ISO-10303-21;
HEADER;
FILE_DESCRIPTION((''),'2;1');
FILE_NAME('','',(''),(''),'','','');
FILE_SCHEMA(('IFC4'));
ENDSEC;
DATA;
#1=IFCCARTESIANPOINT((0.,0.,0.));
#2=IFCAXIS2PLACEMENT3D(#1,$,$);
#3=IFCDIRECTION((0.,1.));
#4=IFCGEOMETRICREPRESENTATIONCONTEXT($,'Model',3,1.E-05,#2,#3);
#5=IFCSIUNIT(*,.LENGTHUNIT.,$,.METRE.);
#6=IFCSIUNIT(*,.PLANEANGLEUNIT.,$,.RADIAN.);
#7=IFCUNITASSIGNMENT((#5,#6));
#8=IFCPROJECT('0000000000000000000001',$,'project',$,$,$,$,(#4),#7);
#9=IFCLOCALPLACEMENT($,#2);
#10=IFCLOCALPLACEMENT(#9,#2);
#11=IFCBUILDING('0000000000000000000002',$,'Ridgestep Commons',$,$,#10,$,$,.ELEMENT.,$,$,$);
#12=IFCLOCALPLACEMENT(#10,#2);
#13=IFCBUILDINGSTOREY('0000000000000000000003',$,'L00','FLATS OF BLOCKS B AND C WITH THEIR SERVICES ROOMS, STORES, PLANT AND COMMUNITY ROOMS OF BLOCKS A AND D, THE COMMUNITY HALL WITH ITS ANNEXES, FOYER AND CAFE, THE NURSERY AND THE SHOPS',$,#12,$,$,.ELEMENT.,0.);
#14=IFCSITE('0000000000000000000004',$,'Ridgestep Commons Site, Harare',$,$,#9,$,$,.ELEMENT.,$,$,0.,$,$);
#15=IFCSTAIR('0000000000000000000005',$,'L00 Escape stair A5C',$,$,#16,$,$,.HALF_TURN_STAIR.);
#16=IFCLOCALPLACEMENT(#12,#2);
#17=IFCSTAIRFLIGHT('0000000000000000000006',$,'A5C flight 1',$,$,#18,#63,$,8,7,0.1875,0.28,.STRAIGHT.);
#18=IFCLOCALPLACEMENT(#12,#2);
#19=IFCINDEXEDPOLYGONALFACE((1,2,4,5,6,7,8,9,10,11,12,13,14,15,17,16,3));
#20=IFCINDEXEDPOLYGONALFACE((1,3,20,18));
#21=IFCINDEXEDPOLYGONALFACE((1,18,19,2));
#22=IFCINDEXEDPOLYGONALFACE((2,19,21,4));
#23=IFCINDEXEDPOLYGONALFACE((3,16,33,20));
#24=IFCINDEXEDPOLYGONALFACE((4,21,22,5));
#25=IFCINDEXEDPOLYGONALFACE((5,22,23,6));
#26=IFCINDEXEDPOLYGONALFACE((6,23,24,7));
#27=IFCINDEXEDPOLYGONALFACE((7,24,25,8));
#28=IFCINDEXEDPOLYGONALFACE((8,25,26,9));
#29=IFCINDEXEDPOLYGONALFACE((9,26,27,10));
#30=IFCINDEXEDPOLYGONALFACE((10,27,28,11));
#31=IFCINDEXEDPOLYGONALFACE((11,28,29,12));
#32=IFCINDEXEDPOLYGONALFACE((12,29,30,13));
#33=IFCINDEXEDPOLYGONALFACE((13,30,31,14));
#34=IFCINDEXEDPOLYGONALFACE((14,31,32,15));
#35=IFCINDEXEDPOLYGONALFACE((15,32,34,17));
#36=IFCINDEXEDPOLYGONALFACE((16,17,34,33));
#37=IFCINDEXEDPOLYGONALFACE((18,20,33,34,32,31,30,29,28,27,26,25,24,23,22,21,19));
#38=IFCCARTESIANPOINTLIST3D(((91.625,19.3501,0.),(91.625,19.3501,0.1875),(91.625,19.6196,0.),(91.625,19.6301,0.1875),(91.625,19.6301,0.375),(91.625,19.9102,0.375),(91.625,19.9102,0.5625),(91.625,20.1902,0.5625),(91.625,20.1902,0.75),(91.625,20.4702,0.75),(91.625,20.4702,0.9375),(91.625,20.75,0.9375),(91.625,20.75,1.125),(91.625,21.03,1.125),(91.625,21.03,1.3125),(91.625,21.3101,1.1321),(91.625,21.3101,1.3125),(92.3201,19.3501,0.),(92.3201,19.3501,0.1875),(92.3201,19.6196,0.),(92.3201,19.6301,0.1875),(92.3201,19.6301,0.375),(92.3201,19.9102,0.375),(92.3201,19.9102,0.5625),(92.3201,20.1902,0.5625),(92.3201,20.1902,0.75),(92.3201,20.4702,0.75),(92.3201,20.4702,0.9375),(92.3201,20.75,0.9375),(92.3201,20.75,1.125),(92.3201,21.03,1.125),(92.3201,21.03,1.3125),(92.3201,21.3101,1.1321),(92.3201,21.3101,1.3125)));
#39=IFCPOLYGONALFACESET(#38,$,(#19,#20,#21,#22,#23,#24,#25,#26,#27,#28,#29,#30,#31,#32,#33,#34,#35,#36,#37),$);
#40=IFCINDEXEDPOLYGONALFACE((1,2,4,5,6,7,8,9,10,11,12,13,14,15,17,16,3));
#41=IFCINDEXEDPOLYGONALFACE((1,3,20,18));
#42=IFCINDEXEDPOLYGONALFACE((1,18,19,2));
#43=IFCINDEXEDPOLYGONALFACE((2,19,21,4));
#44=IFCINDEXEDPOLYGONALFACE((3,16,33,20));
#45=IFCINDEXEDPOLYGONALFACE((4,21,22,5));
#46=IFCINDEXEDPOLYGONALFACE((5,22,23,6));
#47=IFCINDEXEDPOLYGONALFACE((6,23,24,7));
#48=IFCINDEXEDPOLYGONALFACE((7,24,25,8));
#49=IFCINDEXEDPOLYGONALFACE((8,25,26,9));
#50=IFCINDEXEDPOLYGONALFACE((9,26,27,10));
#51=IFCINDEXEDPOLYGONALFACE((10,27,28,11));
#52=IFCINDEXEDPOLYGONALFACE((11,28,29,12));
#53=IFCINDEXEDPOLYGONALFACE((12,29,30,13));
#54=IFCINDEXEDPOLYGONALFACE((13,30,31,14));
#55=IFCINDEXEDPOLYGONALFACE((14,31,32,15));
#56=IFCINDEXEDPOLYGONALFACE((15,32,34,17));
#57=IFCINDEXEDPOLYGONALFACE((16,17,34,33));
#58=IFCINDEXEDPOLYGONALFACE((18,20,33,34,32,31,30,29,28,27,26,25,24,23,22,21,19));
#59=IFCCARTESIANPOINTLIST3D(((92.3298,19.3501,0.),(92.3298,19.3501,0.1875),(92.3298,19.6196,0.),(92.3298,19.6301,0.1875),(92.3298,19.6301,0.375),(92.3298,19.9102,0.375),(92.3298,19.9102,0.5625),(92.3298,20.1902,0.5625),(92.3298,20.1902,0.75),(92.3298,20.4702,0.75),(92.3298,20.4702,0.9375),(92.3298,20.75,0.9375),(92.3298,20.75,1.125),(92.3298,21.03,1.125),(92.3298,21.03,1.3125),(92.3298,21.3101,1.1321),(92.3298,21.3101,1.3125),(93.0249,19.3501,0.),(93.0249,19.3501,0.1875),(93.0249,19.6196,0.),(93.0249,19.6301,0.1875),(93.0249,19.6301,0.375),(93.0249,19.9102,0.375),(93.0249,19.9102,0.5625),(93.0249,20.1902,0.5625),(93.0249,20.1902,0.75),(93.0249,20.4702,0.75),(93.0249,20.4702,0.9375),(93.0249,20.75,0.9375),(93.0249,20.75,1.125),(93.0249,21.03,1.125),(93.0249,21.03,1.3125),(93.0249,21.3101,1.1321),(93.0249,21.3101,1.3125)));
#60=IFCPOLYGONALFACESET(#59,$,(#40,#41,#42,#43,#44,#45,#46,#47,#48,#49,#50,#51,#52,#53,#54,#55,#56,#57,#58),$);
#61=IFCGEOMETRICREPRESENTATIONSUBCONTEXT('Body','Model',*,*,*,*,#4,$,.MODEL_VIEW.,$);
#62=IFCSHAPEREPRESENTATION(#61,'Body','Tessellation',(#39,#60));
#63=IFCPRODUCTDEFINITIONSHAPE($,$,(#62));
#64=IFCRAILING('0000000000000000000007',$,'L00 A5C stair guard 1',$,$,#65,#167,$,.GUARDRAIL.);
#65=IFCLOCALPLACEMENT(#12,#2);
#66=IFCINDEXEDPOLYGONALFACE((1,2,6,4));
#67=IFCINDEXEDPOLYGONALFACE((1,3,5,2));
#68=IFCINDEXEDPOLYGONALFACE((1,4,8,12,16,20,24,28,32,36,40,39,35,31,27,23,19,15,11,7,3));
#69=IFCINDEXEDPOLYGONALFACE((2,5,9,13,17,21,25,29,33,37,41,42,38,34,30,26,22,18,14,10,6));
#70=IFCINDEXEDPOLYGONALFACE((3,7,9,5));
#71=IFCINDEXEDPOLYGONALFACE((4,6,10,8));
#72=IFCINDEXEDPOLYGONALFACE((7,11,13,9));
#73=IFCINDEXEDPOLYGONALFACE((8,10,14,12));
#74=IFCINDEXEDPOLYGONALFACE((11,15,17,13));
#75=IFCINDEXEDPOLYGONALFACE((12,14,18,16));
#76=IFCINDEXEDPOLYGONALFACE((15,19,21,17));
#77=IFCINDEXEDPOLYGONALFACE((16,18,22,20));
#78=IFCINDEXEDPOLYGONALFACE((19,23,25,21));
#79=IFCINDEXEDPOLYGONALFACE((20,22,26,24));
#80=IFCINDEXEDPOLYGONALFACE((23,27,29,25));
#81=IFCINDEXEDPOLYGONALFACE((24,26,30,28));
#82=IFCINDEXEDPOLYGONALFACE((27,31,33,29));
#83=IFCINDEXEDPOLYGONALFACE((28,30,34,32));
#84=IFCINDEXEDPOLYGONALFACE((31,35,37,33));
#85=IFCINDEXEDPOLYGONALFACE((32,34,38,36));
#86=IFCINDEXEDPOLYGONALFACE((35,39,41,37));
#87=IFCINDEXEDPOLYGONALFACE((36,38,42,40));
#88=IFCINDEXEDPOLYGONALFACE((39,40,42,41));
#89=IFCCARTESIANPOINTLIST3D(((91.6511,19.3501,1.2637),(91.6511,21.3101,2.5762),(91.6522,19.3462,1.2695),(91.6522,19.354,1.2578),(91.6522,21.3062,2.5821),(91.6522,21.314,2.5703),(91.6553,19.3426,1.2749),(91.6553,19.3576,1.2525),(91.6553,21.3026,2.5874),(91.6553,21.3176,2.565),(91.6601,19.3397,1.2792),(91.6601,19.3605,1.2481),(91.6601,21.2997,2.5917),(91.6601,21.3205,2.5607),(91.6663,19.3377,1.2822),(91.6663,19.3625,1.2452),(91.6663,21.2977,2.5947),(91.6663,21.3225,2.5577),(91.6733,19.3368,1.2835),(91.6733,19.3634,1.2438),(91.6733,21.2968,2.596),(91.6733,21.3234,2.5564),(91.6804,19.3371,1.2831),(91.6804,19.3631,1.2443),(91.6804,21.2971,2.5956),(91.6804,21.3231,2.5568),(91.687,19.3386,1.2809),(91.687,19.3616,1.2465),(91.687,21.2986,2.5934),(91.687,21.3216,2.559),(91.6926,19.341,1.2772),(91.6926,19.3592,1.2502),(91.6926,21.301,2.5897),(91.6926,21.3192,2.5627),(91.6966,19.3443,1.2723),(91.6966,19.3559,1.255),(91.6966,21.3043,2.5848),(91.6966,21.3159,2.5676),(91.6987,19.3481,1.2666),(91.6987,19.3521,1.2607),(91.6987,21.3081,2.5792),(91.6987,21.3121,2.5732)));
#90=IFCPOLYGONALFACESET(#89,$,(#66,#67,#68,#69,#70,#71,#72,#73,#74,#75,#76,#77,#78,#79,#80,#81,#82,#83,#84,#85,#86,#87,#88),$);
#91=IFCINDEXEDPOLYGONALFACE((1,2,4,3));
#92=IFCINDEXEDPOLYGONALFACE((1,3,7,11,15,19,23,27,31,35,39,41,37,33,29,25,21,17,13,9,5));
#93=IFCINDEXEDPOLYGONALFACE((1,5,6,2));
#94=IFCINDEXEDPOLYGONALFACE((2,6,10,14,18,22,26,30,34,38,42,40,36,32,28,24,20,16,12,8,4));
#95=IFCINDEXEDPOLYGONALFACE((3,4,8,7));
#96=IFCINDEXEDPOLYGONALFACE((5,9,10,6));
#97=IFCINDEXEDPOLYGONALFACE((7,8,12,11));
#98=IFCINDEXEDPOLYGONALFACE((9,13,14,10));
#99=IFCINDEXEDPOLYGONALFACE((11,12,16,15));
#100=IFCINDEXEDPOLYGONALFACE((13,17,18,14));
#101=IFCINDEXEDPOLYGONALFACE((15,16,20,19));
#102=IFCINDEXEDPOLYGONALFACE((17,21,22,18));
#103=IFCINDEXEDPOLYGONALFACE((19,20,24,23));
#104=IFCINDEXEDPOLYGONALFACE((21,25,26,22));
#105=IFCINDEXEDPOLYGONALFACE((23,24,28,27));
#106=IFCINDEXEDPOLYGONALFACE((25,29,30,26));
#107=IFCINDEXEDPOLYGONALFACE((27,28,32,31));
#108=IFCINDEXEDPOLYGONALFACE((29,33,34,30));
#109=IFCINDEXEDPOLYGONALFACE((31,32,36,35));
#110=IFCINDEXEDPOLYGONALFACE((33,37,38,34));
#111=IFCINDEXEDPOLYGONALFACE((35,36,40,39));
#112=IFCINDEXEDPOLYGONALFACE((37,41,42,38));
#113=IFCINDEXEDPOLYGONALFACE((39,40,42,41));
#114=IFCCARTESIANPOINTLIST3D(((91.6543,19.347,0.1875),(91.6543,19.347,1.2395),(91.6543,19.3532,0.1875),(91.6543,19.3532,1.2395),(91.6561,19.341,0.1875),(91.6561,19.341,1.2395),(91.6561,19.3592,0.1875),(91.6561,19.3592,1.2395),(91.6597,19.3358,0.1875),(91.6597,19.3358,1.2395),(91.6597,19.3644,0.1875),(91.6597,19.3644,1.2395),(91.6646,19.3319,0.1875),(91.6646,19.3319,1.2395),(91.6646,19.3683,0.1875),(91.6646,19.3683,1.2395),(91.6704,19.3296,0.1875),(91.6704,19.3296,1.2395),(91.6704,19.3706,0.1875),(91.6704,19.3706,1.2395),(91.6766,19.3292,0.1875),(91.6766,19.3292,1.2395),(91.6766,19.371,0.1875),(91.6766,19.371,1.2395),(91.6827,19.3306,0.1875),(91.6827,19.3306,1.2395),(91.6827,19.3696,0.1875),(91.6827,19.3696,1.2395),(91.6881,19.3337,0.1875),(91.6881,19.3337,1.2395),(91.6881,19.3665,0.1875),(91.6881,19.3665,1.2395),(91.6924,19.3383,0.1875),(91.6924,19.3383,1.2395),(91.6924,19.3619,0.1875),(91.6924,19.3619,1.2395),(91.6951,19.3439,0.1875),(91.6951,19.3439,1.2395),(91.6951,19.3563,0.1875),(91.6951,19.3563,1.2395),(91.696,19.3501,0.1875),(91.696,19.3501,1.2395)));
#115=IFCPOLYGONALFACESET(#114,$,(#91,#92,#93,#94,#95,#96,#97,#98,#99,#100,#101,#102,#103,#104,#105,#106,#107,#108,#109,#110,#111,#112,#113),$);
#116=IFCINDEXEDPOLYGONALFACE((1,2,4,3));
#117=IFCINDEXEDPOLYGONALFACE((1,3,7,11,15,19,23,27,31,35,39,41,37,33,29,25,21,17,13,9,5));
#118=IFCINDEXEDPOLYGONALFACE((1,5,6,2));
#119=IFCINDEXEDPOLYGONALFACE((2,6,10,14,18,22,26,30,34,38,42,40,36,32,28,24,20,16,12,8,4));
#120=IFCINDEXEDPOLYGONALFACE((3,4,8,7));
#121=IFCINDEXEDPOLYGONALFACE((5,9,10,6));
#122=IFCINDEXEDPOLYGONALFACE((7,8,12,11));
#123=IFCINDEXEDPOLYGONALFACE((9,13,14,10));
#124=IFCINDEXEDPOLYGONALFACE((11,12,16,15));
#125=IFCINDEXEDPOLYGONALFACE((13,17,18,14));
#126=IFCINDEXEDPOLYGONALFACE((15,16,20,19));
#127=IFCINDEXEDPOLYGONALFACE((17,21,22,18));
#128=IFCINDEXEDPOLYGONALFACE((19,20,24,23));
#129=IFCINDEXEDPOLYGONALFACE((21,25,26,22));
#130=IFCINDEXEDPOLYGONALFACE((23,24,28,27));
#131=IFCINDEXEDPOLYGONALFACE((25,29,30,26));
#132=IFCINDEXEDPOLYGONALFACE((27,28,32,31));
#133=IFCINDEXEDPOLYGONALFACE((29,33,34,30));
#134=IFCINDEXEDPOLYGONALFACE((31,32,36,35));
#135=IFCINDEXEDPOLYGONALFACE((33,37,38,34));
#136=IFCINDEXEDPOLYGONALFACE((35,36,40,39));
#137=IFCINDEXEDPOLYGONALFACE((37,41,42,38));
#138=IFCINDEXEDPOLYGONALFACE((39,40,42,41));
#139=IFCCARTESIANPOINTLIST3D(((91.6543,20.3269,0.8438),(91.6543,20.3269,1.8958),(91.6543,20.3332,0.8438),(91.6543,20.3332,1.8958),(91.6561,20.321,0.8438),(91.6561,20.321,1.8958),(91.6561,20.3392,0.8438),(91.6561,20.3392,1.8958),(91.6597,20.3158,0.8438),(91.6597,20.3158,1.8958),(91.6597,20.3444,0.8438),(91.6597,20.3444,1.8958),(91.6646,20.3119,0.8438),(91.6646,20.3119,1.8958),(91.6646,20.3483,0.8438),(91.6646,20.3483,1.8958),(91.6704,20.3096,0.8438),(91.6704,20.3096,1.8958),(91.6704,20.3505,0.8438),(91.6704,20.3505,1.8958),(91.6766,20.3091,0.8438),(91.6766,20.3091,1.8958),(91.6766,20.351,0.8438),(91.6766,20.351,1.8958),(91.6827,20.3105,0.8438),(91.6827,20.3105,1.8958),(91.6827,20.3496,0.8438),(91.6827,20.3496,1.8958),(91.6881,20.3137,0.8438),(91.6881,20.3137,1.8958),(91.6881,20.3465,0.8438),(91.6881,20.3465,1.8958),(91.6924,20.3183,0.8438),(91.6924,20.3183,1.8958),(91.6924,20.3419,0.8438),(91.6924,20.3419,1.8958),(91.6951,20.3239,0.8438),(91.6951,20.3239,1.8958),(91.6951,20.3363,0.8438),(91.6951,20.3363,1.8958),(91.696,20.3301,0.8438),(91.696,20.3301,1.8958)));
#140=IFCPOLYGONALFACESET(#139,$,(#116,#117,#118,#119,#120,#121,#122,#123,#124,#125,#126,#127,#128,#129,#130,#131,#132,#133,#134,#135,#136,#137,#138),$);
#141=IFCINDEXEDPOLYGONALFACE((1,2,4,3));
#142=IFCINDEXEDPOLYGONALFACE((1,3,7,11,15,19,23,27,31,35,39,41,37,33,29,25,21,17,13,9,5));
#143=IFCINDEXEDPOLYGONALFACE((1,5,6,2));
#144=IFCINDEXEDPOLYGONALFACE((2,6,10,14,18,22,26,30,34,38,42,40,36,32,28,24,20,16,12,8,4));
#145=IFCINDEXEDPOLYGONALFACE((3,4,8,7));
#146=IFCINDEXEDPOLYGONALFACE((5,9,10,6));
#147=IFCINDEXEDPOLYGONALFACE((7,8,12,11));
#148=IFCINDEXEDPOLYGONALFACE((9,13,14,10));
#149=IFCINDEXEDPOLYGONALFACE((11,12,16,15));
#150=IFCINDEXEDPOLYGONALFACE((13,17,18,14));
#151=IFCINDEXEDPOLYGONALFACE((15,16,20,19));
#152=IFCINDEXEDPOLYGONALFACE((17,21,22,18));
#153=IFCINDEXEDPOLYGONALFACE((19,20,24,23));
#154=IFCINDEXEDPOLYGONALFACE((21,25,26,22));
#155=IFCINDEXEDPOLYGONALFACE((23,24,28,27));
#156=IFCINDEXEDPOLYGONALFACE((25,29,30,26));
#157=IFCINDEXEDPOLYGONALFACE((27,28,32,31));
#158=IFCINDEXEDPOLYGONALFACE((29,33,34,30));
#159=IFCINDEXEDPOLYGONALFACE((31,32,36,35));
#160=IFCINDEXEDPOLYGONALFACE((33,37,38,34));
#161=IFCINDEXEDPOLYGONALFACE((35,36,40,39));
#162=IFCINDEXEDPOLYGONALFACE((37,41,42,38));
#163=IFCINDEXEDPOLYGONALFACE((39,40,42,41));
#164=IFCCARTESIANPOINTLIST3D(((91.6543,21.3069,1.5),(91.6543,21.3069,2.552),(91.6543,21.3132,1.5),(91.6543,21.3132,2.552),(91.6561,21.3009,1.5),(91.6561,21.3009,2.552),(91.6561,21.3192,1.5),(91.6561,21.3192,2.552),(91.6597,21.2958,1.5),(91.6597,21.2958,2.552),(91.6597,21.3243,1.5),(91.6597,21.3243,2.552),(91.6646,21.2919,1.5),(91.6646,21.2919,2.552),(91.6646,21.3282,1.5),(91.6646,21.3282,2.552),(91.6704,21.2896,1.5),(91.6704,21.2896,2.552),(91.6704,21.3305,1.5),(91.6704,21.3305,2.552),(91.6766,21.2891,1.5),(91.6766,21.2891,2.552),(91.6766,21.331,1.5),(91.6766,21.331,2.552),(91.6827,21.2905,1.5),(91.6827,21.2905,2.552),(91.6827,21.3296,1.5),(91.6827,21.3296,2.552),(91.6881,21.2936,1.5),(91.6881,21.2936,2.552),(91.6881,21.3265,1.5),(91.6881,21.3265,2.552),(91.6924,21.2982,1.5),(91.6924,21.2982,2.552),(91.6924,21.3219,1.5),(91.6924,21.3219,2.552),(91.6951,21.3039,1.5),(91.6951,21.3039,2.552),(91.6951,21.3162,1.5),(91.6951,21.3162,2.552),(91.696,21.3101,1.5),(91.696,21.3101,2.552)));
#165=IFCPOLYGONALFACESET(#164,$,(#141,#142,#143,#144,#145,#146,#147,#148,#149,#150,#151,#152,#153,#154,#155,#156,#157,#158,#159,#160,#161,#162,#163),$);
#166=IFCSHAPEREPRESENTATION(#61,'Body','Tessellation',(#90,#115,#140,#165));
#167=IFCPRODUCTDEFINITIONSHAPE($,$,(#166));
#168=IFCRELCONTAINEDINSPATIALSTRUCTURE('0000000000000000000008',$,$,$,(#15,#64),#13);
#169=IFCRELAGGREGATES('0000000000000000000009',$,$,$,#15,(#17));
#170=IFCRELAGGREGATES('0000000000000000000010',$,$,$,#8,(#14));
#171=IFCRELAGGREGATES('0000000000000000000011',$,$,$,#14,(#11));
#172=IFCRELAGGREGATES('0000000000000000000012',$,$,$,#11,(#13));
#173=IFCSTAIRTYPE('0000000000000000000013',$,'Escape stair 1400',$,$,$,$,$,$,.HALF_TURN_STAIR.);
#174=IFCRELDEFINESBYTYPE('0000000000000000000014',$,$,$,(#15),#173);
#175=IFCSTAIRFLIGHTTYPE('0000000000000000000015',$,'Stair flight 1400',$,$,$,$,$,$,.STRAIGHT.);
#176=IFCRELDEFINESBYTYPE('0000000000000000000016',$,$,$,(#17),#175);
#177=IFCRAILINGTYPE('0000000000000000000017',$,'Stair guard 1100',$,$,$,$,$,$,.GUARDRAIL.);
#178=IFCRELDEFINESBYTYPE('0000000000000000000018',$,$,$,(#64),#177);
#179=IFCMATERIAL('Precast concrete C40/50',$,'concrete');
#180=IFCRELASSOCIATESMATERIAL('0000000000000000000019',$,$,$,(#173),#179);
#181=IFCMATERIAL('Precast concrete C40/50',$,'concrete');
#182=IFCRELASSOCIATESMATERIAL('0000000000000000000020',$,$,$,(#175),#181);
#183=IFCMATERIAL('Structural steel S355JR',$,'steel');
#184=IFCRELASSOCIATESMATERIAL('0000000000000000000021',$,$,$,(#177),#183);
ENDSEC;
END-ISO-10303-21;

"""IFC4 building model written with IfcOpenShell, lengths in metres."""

from ifc_helpers import new_model, si_unit, direction, frame, origin, origin_2d, place, context, subcontext, project, spatial, polyline, circle, outline, extrude, material, type_object, element, aggregate, save


model = new_model("IFC4")

# Units and contexts
model_context = context("Model", 3, precision=1e-05, world=origin(), true_north=direction((0.0, 1.0)))
body_context = subcontext(model_context, "Body", "Model", "MODEL_VIEW")
ifc_project = project(units=[si_unit("LENGTHUNIT", "METRE"), si_unit("PLANEANGLEUNIT", "RADIAN")], contexts=[model_context])

# Site, building, storey
site_placement = place(None, origin())
site = spatial("IfcSite", under=ifc_project, at=site_placement, Name="Ridgestep Commons Site, Harare", CompositionType="ELEMENT", RefElevation=0.0)
building_placement = place(site_placement, origin())
building = spatial("IfcBuilding", under=site, at=building_placement, Name="Ridgestep Commons", CompositionType="ELEMENT")
storey_placement = place(building_placement, origin())
storey = spatial("IfcBuildingStorey", under=building, at=storey_placement, Name="L00", Description="FLATS OF BLOCKS B AND C WITH THEIR SERVICES ROOMS, STORES, PLANT AND COMMUNITY ROOMS OF BLOCKS A AND D, THE COMMUNITY HALL WITH ITS ANNEXES, FOYER AND CAFE, THE NURSERY AND THE SHOPS", CompositionType="ELEMENT", Elevation=0.0)

# Stair, stair flight
ifc_material_1 = material(Name="Precast concrete C40/50", Category="concrete")
stair_type = type_object("IfcStairType", Name="Escape stair 1400", PredefinedType="HALF_TURN_STAIR", material=ifc_material_1)
stair_placement = place(storey_placement, origin())
stair = element("IfcStair", 1, at=stair_placement, inside=storey, type_object=stair_type, Name="L00 Escape stair A5C", PredefinedType="HALF_TURN_STAIR")
ifc_material_2 = material(Name="Precast concrete C40/50", Category="concrete")
stair_flight_type = type_object("IfcStairFlightType", Name="Stair flight 1400", PredefinedType="STRAIGHT", material=ifc_material_2)
stair_flight_placement = place(storey_placement, frame((92.325, 19.3501, 0.0), z_axis=(0.0, 0.0, 1.0), x_axis=(0.0, 1.0, 0.0)))
stair_flight = element("IfcStairFlight", 2, at=stair_flight_placement, type_object=stair_flight_type, Name="A5C flight 1", NumberOfRisers=8, NumberOfTreads=7, PredefinedType="STRAIGHT", RiserHeight=0.1875, TreadLength=0.28, context=body_context, shape_type="SweptSolid", body=[
    extrude(outline(polyline([(0.0, 0.0), (0.0, 0.1875), (0.28, 0.1875), (0.28, 0.375), (0.5601, 0.375), (0.5601, 0.5625), (0.8401, 0.5625), (0.8401, 0.75), (1.1201, 0.75), (1.1201, 0.9375), (1.3999, 0.9375), (1.3999, 1.125), (1.6799, 1.125), (1.6799, 1.3125), (1.96, 1.3125), (1.96, 1.5), (1.96, 1.1321), (0.2695, 0.0), (0.0, 0.0)])), frame((0.0, 0.7, 0.0), z_axis=(0.0, -1.0, 0.0), x_axis=(1.0, 0.0, 0.0)), (0.0, 0.0, 1.0), 0.6951),
    extrude(outline(polyline([(0.0, 0.0), (0.0, 0.1875), (0.28, 0.1875), (0.28, 0.375), (0.5601, 0.375), (0.5601, 0.5625), (0.8401, 0.5625), (0.8401, 0.75), (1.1201, 0.75), (1.1201, 0.9375), (1.3999, 0.9375), (1.3999, 1.125), (1.6799, 1.125), (1.6799, 1.3125), (1.96, 1.3125), (1.96, 1.5), (1.96, 1.1321), (0.2695, 0.0), (0.0, 0.0)])), frame((0.0, -0.0049, 0.0), z_axis=(0.0, -1.0, 0.0), x_axis=(1.0, 0.0, 0.0)), (0.0, 0.0, 1.0), 0.6951),
])
aggregate(stair, [stair_flight])

# Railing
ifc_material_3 = material(Name="Structural steel S355JR", Category="steel")
railing_type_1 = type_object("IfcRailingType", Name="Stair guard 1100", PredefinedType="GUARDRAIL", material=ifc_material_3)
railing_1_placement = place(storey_placement, frame((91.675, 19.3501, 0.1875)))
element("IfcRailing", 3, at=railing_1_placement, inside=storey, type_object=railing_type_1, Name="L00 A5C stair guard 1", PredefinedType="GUARDRAIL", context=body_context, shape_type="SweptSolid", body=[
    extrude(circle(Radius=0.0239, at=origin_2d()), frame((0.0, 0.0, 1.0762), z_axis=(0.0, 0.830902, 0.556419), x_axis=(-1.0, 0.0, 0.0)), (0.0, 0.0, 1.0), 2.3589),
    extrude(circle(Radius=0.021, at=origin_2d()), origin(), (0.0, 0.0, 1.0), 1.052),
    extrude(circle(Radius=0.021, at=origin_2d()), frame((0.0, 0.98, 0.6562)), (0.0, 0.0, 1.0), 1.052),
    extrude(circle(Radius=0.021, at=origin_2d()), frame((0.0, 1.96, 1.3125)), (0.0, 0.0, 1.0), 1.052),
])

save(model, "model.ifc")
